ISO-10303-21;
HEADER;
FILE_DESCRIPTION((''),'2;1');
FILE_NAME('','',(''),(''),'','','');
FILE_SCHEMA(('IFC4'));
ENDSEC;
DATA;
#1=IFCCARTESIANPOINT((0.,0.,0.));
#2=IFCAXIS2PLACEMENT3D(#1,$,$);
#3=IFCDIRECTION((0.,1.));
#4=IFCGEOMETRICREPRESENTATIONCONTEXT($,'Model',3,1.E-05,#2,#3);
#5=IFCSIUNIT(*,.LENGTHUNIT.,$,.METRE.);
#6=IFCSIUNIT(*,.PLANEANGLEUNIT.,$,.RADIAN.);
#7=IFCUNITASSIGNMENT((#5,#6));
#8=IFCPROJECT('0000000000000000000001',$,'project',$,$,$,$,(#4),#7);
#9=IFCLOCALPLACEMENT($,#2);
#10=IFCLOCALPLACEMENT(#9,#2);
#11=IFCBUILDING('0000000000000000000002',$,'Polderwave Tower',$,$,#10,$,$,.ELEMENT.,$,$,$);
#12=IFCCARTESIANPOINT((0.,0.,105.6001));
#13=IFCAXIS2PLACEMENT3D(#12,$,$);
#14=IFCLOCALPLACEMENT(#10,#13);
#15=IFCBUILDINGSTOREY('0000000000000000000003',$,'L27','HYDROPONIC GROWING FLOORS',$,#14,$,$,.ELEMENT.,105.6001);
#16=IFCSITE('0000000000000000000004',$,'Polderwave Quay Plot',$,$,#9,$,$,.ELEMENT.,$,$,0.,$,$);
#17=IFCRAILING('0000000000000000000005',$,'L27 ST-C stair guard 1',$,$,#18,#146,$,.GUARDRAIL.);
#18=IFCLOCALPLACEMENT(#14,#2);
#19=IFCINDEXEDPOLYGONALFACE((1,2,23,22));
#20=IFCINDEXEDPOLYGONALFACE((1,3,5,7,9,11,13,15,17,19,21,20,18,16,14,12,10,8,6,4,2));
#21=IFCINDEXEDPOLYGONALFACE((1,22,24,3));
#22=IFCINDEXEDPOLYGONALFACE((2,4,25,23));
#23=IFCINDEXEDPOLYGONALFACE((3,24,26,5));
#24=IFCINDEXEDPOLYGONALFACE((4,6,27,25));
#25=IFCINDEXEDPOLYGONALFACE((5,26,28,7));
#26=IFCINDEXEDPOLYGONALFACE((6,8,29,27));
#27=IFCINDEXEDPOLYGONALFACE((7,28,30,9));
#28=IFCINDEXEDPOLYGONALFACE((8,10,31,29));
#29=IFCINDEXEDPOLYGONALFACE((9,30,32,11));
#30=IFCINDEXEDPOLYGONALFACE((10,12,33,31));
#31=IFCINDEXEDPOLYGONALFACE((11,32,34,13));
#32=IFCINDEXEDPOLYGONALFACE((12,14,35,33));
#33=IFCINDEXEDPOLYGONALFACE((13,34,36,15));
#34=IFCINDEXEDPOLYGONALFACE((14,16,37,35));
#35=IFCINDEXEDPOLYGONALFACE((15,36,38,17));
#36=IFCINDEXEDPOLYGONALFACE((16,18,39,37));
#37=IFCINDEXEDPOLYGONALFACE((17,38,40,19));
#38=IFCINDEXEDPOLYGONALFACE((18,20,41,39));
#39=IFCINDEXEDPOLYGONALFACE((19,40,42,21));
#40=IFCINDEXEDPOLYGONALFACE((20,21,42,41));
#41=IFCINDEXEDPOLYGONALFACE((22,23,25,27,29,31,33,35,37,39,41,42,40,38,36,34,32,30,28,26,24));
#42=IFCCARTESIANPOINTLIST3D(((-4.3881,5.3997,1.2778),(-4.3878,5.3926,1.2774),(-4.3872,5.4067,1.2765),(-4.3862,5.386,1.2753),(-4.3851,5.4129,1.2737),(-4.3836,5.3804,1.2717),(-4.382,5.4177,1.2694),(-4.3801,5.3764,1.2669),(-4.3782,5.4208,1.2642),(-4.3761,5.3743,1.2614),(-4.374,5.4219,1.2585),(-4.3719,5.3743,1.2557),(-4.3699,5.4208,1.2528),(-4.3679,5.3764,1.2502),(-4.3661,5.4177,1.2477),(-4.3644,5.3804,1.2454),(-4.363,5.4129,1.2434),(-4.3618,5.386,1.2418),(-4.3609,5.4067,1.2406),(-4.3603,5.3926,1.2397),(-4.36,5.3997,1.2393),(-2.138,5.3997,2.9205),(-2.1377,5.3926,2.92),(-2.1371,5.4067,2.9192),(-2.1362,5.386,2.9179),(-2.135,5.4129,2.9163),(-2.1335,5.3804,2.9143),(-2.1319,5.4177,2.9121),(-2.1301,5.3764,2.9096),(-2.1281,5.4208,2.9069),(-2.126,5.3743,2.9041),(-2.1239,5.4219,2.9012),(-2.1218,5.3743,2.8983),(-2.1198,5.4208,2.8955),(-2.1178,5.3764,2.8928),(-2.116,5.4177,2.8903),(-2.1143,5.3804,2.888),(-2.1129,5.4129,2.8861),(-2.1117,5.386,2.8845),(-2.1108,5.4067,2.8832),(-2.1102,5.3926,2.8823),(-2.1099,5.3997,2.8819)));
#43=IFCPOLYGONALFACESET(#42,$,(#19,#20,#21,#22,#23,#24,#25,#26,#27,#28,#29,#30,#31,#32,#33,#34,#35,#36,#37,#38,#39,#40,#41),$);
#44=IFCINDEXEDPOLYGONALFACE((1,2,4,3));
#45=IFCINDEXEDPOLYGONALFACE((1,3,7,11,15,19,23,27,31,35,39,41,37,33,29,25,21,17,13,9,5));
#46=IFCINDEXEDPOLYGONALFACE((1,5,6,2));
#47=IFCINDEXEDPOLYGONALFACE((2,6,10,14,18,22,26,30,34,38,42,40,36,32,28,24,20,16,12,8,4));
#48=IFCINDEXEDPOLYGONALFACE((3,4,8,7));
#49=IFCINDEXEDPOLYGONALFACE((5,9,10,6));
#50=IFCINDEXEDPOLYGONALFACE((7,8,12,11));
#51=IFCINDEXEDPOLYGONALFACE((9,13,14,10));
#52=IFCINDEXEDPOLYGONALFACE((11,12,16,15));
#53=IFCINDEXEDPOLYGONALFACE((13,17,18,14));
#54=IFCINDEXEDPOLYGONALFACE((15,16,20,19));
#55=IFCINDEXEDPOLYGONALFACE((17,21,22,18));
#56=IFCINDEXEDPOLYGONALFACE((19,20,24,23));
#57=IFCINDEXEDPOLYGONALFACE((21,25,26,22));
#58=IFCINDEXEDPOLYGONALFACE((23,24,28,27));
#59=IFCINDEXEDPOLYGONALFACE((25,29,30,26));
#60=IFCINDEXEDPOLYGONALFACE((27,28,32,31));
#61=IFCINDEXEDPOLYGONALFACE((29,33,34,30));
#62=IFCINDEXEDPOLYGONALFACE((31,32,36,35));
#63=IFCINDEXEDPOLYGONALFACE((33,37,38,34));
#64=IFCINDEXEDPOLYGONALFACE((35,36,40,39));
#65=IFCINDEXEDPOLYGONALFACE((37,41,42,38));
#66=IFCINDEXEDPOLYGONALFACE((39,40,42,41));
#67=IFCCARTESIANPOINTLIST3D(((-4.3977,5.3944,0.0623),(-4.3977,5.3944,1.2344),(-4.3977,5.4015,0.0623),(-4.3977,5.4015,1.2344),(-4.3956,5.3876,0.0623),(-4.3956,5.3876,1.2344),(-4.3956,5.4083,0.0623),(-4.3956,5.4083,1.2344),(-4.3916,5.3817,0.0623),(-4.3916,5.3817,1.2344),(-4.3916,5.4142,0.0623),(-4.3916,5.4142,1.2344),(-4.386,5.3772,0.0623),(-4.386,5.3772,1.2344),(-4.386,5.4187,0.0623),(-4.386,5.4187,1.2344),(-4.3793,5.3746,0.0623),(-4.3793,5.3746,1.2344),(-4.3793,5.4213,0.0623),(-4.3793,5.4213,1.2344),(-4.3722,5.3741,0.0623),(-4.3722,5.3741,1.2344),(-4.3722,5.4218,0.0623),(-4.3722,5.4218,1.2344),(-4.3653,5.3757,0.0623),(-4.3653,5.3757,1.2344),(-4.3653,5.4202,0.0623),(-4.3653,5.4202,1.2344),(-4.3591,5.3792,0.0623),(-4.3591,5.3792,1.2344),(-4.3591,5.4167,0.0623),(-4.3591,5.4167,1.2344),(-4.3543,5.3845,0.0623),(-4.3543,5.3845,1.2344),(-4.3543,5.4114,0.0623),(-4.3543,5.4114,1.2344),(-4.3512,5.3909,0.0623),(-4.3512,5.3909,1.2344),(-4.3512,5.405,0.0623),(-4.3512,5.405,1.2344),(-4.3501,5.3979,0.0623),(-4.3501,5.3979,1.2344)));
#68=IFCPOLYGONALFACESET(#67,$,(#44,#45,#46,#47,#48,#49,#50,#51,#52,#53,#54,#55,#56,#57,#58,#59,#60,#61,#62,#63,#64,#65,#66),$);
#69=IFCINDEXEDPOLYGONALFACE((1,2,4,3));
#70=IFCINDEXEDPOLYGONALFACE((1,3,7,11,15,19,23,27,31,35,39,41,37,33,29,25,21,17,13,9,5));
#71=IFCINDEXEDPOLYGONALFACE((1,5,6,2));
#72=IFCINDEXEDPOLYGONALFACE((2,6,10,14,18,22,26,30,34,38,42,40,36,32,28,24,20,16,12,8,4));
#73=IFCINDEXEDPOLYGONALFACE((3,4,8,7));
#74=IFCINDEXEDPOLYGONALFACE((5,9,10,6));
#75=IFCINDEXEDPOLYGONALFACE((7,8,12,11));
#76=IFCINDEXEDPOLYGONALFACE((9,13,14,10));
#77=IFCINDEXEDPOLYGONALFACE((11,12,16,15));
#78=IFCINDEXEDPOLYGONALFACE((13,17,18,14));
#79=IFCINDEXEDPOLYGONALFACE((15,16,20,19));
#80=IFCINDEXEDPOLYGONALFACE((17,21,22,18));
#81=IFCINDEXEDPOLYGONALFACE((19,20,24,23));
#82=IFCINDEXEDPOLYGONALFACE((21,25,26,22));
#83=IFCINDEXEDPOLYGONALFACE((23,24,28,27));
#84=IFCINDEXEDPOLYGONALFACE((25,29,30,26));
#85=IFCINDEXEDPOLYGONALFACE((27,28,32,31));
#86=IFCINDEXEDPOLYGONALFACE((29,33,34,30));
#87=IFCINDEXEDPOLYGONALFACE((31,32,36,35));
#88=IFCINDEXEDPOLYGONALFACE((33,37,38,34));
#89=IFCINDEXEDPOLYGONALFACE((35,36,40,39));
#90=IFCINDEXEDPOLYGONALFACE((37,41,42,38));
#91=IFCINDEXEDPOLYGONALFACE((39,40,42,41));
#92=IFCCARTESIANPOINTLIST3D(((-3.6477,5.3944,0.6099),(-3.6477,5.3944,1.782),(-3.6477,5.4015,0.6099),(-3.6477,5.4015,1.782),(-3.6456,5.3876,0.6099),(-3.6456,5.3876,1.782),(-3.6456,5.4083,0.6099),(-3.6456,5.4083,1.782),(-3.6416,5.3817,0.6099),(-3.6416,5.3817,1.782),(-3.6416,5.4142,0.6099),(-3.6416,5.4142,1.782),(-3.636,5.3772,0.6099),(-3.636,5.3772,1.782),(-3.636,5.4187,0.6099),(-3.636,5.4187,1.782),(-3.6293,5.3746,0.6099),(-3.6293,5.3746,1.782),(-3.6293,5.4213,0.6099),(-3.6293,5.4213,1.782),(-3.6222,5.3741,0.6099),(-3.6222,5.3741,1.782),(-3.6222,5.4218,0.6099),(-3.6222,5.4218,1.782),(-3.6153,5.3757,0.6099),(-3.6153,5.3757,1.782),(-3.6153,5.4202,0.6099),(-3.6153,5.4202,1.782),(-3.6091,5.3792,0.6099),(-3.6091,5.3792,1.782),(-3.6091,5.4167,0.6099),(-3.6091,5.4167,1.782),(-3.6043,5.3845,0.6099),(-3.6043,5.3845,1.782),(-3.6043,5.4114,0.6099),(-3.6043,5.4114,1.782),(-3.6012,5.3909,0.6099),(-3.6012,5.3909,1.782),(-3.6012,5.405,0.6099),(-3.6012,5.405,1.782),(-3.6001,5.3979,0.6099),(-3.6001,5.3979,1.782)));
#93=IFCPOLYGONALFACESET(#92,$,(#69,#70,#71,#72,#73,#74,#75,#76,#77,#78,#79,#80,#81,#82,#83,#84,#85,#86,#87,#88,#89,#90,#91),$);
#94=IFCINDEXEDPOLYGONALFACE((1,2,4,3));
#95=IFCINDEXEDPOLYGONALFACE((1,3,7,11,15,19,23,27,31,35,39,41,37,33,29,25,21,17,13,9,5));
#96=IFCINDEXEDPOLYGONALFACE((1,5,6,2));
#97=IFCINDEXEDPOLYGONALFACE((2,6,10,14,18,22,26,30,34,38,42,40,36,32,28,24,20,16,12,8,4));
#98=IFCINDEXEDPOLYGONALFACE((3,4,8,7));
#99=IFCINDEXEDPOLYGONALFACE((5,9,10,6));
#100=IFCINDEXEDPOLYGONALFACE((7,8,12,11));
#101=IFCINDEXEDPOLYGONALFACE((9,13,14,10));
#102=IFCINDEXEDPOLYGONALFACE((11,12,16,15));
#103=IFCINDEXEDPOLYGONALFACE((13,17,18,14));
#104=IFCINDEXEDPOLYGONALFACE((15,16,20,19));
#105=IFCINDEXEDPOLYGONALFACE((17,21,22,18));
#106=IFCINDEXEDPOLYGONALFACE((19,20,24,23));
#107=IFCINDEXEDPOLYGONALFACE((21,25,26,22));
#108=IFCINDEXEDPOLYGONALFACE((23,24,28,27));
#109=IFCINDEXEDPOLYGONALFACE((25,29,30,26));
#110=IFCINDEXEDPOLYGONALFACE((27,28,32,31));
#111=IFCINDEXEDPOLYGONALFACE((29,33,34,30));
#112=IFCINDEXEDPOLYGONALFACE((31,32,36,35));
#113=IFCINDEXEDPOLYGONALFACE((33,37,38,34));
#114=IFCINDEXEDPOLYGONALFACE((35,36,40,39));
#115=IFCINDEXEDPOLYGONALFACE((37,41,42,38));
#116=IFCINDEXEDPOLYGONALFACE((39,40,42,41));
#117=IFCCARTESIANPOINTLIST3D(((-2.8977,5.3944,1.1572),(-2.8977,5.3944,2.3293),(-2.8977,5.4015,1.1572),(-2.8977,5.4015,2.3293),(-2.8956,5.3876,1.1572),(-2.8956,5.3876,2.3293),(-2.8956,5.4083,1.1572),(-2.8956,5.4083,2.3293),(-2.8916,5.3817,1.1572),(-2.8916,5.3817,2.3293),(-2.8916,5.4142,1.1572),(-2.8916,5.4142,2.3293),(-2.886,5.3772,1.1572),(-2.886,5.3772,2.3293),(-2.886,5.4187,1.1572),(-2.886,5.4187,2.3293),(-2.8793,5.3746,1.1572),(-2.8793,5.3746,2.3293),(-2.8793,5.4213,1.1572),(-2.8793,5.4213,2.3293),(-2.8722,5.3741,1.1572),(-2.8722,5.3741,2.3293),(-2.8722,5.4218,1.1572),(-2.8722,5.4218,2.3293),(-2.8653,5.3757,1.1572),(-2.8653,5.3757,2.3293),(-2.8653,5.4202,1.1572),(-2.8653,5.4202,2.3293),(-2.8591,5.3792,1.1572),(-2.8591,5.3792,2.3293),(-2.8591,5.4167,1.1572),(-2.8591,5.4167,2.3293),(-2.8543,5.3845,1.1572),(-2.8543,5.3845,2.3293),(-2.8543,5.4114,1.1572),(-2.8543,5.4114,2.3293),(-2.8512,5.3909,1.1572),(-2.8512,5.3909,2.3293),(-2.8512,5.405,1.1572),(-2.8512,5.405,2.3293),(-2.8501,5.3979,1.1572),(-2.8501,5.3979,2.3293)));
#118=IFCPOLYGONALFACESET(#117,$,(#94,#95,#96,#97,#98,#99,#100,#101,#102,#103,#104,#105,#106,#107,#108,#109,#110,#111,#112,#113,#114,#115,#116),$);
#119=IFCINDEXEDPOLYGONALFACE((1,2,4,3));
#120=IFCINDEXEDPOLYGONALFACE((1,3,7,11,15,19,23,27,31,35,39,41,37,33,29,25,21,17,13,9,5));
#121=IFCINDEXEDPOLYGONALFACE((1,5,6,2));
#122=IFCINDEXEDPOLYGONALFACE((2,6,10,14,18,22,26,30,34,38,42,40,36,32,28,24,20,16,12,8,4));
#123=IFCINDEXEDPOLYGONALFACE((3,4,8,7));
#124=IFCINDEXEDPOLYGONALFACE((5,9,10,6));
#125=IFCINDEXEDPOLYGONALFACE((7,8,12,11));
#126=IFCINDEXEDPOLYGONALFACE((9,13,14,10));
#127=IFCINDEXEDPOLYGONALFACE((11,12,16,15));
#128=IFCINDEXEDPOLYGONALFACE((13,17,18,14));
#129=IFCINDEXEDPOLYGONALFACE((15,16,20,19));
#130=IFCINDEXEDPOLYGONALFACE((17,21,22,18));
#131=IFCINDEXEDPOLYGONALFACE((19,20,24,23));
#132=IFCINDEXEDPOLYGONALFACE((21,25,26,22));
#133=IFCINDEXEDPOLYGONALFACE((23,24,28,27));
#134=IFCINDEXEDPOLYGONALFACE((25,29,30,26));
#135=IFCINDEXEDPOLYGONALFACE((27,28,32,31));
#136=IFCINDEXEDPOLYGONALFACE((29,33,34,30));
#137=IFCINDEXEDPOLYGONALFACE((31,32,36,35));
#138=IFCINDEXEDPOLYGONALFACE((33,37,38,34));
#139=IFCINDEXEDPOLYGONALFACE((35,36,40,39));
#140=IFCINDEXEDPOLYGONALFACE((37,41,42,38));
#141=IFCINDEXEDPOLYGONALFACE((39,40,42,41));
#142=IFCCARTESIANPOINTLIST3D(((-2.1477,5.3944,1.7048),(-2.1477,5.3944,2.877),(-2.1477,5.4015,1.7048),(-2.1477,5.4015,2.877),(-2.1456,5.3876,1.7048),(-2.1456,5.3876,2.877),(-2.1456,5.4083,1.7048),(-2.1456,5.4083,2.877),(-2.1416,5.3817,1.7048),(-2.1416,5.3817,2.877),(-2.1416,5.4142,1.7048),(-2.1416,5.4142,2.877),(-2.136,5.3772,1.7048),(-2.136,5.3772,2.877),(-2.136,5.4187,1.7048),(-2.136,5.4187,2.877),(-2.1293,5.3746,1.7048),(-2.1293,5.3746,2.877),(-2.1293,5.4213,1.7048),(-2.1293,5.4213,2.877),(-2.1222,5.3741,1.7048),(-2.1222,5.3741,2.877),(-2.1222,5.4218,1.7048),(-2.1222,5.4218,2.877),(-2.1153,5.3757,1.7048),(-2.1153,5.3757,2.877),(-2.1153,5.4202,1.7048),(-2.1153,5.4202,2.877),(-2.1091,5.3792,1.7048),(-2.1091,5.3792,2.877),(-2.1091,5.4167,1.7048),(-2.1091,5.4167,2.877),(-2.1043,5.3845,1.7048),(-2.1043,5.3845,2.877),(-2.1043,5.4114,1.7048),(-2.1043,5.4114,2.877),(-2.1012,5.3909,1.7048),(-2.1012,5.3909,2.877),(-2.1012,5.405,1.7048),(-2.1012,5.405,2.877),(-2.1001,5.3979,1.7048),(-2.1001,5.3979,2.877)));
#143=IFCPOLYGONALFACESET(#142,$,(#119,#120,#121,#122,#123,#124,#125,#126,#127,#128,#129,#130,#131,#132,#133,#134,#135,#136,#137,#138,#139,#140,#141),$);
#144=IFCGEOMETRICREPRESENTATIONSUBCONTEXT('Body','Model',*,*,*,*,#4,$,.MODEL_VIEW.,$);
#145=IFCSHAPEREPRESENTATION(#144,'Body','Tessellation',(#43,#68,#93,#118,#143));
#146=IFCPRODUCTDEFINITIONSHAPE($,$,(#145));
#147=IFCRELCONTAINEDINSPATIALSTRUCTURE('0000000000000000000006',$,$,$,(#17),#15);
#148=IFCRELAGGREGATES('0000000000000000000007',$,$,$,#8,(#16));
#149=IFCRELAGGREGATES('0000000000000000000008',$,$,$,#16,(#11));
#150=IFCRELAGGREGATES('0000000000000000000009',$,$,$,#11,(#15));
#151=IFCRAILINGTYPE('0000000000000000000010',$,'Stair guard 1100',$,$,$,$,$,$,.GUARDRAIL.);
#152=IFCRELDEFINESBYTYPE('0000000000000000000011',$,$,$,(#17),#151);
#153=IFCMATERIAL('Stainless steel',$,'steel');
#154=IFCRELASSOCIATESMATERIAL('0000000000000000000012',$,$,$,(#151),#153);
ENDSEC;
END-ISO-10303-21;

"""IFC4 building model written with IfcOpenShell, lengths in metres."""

from ifc_helpers import new_model, si_unit, direction, frame, origin, origin_2d, place, context, subcontext, project, spatial, circle, extrude, material, type_object, element, save


model = new_model("IFC4")

# Units and contexts
model_context = context("Model", 3, precision=1e-05, world=origin(), true_north=direction((0.0, 1.0)))
body_context = subcontext(model_context, "Body", "Model", "MODEL_VIEW")
ifc_project = project(units=[si_unit("LENGTHUNIT", "METRE"), si_unit("PLANEANGLEUNIT", "RADIAN")], contexts=[model_context])

# Site, building, storey
site_placement = place(None, origin())
site = spatial("IfcSite", under=ifc_project, at=site_placement, Name="Polderwave Quay Plot", CompositionType="ELEMENT", RefElevation=0.0)
building_placement = place(site_placement, origin())
building = spatial("IfcBuilding", under=site, at=building_placement, Name="Polderwave Tower", CompositionType="ELEMENT")
storey_placement = place(building_placement, frame((0.0, 0.0, 105.6001)))
storey = spatial("IfcBuildingStorey", under=building, at=storey_placement, Name="L27", Description="HYDROPONIC GROWING FLOORS", CompositionType="ELEMENT", Elevation=105.6001)

# Railing
ifc_material_1 = material(Name="Stainless steel", Category="steel")
railing_type_1 = type_object("IfcRailingType", Name="Stair guard 1100", PredefinedType="GUARDRAIL", material=ifc_material_1)
railing_1_placement = place(storey_placement, frame((-4.374, 5.3979, 0.0623)))
element("IfcRailing", 1, at=railing_1_placement, inside=storey, type_object=railing_type_1, Name="L27 ST-C stair guard 1", PredefinedType="GUARDRAIL", context=body_context, shape_type="SweptSolid", body=[
    extrude(circle(Radius=0.0239, at=origin_2d()), frame((0.0, 0.0, 1.1963), z_axis=(0.807674, 0.0, 0.58963), x_axis=(0.0, 1.0, 0.0)), (0.0, 0.0, 1.0), 2.7859),
    extrude(circle(Radius=0.0239, at=origin_2d()), origin(), (0.0, 0.0, 1.0), 1.1721),
    extrude(circle(Radius=0.0239, at=origin_2d()), frame((0.75, 0.0, 0.5476)), (0.0, 0.0, 1.0), 1.1721),
    extrude(circle(Radius=0.0239, at=origin_2d()), frame((1.5, 0.0, 1.095)), (0.0, 0.0, 1.0), 1.1721),
    extrude(circle(Radius=0.0239, at=origin_2d()), frame((2.25, 0.0, 1.6426)), (0.0, 0.0, 1.0), 1.1721),
])

save(model, "model.ifc")
